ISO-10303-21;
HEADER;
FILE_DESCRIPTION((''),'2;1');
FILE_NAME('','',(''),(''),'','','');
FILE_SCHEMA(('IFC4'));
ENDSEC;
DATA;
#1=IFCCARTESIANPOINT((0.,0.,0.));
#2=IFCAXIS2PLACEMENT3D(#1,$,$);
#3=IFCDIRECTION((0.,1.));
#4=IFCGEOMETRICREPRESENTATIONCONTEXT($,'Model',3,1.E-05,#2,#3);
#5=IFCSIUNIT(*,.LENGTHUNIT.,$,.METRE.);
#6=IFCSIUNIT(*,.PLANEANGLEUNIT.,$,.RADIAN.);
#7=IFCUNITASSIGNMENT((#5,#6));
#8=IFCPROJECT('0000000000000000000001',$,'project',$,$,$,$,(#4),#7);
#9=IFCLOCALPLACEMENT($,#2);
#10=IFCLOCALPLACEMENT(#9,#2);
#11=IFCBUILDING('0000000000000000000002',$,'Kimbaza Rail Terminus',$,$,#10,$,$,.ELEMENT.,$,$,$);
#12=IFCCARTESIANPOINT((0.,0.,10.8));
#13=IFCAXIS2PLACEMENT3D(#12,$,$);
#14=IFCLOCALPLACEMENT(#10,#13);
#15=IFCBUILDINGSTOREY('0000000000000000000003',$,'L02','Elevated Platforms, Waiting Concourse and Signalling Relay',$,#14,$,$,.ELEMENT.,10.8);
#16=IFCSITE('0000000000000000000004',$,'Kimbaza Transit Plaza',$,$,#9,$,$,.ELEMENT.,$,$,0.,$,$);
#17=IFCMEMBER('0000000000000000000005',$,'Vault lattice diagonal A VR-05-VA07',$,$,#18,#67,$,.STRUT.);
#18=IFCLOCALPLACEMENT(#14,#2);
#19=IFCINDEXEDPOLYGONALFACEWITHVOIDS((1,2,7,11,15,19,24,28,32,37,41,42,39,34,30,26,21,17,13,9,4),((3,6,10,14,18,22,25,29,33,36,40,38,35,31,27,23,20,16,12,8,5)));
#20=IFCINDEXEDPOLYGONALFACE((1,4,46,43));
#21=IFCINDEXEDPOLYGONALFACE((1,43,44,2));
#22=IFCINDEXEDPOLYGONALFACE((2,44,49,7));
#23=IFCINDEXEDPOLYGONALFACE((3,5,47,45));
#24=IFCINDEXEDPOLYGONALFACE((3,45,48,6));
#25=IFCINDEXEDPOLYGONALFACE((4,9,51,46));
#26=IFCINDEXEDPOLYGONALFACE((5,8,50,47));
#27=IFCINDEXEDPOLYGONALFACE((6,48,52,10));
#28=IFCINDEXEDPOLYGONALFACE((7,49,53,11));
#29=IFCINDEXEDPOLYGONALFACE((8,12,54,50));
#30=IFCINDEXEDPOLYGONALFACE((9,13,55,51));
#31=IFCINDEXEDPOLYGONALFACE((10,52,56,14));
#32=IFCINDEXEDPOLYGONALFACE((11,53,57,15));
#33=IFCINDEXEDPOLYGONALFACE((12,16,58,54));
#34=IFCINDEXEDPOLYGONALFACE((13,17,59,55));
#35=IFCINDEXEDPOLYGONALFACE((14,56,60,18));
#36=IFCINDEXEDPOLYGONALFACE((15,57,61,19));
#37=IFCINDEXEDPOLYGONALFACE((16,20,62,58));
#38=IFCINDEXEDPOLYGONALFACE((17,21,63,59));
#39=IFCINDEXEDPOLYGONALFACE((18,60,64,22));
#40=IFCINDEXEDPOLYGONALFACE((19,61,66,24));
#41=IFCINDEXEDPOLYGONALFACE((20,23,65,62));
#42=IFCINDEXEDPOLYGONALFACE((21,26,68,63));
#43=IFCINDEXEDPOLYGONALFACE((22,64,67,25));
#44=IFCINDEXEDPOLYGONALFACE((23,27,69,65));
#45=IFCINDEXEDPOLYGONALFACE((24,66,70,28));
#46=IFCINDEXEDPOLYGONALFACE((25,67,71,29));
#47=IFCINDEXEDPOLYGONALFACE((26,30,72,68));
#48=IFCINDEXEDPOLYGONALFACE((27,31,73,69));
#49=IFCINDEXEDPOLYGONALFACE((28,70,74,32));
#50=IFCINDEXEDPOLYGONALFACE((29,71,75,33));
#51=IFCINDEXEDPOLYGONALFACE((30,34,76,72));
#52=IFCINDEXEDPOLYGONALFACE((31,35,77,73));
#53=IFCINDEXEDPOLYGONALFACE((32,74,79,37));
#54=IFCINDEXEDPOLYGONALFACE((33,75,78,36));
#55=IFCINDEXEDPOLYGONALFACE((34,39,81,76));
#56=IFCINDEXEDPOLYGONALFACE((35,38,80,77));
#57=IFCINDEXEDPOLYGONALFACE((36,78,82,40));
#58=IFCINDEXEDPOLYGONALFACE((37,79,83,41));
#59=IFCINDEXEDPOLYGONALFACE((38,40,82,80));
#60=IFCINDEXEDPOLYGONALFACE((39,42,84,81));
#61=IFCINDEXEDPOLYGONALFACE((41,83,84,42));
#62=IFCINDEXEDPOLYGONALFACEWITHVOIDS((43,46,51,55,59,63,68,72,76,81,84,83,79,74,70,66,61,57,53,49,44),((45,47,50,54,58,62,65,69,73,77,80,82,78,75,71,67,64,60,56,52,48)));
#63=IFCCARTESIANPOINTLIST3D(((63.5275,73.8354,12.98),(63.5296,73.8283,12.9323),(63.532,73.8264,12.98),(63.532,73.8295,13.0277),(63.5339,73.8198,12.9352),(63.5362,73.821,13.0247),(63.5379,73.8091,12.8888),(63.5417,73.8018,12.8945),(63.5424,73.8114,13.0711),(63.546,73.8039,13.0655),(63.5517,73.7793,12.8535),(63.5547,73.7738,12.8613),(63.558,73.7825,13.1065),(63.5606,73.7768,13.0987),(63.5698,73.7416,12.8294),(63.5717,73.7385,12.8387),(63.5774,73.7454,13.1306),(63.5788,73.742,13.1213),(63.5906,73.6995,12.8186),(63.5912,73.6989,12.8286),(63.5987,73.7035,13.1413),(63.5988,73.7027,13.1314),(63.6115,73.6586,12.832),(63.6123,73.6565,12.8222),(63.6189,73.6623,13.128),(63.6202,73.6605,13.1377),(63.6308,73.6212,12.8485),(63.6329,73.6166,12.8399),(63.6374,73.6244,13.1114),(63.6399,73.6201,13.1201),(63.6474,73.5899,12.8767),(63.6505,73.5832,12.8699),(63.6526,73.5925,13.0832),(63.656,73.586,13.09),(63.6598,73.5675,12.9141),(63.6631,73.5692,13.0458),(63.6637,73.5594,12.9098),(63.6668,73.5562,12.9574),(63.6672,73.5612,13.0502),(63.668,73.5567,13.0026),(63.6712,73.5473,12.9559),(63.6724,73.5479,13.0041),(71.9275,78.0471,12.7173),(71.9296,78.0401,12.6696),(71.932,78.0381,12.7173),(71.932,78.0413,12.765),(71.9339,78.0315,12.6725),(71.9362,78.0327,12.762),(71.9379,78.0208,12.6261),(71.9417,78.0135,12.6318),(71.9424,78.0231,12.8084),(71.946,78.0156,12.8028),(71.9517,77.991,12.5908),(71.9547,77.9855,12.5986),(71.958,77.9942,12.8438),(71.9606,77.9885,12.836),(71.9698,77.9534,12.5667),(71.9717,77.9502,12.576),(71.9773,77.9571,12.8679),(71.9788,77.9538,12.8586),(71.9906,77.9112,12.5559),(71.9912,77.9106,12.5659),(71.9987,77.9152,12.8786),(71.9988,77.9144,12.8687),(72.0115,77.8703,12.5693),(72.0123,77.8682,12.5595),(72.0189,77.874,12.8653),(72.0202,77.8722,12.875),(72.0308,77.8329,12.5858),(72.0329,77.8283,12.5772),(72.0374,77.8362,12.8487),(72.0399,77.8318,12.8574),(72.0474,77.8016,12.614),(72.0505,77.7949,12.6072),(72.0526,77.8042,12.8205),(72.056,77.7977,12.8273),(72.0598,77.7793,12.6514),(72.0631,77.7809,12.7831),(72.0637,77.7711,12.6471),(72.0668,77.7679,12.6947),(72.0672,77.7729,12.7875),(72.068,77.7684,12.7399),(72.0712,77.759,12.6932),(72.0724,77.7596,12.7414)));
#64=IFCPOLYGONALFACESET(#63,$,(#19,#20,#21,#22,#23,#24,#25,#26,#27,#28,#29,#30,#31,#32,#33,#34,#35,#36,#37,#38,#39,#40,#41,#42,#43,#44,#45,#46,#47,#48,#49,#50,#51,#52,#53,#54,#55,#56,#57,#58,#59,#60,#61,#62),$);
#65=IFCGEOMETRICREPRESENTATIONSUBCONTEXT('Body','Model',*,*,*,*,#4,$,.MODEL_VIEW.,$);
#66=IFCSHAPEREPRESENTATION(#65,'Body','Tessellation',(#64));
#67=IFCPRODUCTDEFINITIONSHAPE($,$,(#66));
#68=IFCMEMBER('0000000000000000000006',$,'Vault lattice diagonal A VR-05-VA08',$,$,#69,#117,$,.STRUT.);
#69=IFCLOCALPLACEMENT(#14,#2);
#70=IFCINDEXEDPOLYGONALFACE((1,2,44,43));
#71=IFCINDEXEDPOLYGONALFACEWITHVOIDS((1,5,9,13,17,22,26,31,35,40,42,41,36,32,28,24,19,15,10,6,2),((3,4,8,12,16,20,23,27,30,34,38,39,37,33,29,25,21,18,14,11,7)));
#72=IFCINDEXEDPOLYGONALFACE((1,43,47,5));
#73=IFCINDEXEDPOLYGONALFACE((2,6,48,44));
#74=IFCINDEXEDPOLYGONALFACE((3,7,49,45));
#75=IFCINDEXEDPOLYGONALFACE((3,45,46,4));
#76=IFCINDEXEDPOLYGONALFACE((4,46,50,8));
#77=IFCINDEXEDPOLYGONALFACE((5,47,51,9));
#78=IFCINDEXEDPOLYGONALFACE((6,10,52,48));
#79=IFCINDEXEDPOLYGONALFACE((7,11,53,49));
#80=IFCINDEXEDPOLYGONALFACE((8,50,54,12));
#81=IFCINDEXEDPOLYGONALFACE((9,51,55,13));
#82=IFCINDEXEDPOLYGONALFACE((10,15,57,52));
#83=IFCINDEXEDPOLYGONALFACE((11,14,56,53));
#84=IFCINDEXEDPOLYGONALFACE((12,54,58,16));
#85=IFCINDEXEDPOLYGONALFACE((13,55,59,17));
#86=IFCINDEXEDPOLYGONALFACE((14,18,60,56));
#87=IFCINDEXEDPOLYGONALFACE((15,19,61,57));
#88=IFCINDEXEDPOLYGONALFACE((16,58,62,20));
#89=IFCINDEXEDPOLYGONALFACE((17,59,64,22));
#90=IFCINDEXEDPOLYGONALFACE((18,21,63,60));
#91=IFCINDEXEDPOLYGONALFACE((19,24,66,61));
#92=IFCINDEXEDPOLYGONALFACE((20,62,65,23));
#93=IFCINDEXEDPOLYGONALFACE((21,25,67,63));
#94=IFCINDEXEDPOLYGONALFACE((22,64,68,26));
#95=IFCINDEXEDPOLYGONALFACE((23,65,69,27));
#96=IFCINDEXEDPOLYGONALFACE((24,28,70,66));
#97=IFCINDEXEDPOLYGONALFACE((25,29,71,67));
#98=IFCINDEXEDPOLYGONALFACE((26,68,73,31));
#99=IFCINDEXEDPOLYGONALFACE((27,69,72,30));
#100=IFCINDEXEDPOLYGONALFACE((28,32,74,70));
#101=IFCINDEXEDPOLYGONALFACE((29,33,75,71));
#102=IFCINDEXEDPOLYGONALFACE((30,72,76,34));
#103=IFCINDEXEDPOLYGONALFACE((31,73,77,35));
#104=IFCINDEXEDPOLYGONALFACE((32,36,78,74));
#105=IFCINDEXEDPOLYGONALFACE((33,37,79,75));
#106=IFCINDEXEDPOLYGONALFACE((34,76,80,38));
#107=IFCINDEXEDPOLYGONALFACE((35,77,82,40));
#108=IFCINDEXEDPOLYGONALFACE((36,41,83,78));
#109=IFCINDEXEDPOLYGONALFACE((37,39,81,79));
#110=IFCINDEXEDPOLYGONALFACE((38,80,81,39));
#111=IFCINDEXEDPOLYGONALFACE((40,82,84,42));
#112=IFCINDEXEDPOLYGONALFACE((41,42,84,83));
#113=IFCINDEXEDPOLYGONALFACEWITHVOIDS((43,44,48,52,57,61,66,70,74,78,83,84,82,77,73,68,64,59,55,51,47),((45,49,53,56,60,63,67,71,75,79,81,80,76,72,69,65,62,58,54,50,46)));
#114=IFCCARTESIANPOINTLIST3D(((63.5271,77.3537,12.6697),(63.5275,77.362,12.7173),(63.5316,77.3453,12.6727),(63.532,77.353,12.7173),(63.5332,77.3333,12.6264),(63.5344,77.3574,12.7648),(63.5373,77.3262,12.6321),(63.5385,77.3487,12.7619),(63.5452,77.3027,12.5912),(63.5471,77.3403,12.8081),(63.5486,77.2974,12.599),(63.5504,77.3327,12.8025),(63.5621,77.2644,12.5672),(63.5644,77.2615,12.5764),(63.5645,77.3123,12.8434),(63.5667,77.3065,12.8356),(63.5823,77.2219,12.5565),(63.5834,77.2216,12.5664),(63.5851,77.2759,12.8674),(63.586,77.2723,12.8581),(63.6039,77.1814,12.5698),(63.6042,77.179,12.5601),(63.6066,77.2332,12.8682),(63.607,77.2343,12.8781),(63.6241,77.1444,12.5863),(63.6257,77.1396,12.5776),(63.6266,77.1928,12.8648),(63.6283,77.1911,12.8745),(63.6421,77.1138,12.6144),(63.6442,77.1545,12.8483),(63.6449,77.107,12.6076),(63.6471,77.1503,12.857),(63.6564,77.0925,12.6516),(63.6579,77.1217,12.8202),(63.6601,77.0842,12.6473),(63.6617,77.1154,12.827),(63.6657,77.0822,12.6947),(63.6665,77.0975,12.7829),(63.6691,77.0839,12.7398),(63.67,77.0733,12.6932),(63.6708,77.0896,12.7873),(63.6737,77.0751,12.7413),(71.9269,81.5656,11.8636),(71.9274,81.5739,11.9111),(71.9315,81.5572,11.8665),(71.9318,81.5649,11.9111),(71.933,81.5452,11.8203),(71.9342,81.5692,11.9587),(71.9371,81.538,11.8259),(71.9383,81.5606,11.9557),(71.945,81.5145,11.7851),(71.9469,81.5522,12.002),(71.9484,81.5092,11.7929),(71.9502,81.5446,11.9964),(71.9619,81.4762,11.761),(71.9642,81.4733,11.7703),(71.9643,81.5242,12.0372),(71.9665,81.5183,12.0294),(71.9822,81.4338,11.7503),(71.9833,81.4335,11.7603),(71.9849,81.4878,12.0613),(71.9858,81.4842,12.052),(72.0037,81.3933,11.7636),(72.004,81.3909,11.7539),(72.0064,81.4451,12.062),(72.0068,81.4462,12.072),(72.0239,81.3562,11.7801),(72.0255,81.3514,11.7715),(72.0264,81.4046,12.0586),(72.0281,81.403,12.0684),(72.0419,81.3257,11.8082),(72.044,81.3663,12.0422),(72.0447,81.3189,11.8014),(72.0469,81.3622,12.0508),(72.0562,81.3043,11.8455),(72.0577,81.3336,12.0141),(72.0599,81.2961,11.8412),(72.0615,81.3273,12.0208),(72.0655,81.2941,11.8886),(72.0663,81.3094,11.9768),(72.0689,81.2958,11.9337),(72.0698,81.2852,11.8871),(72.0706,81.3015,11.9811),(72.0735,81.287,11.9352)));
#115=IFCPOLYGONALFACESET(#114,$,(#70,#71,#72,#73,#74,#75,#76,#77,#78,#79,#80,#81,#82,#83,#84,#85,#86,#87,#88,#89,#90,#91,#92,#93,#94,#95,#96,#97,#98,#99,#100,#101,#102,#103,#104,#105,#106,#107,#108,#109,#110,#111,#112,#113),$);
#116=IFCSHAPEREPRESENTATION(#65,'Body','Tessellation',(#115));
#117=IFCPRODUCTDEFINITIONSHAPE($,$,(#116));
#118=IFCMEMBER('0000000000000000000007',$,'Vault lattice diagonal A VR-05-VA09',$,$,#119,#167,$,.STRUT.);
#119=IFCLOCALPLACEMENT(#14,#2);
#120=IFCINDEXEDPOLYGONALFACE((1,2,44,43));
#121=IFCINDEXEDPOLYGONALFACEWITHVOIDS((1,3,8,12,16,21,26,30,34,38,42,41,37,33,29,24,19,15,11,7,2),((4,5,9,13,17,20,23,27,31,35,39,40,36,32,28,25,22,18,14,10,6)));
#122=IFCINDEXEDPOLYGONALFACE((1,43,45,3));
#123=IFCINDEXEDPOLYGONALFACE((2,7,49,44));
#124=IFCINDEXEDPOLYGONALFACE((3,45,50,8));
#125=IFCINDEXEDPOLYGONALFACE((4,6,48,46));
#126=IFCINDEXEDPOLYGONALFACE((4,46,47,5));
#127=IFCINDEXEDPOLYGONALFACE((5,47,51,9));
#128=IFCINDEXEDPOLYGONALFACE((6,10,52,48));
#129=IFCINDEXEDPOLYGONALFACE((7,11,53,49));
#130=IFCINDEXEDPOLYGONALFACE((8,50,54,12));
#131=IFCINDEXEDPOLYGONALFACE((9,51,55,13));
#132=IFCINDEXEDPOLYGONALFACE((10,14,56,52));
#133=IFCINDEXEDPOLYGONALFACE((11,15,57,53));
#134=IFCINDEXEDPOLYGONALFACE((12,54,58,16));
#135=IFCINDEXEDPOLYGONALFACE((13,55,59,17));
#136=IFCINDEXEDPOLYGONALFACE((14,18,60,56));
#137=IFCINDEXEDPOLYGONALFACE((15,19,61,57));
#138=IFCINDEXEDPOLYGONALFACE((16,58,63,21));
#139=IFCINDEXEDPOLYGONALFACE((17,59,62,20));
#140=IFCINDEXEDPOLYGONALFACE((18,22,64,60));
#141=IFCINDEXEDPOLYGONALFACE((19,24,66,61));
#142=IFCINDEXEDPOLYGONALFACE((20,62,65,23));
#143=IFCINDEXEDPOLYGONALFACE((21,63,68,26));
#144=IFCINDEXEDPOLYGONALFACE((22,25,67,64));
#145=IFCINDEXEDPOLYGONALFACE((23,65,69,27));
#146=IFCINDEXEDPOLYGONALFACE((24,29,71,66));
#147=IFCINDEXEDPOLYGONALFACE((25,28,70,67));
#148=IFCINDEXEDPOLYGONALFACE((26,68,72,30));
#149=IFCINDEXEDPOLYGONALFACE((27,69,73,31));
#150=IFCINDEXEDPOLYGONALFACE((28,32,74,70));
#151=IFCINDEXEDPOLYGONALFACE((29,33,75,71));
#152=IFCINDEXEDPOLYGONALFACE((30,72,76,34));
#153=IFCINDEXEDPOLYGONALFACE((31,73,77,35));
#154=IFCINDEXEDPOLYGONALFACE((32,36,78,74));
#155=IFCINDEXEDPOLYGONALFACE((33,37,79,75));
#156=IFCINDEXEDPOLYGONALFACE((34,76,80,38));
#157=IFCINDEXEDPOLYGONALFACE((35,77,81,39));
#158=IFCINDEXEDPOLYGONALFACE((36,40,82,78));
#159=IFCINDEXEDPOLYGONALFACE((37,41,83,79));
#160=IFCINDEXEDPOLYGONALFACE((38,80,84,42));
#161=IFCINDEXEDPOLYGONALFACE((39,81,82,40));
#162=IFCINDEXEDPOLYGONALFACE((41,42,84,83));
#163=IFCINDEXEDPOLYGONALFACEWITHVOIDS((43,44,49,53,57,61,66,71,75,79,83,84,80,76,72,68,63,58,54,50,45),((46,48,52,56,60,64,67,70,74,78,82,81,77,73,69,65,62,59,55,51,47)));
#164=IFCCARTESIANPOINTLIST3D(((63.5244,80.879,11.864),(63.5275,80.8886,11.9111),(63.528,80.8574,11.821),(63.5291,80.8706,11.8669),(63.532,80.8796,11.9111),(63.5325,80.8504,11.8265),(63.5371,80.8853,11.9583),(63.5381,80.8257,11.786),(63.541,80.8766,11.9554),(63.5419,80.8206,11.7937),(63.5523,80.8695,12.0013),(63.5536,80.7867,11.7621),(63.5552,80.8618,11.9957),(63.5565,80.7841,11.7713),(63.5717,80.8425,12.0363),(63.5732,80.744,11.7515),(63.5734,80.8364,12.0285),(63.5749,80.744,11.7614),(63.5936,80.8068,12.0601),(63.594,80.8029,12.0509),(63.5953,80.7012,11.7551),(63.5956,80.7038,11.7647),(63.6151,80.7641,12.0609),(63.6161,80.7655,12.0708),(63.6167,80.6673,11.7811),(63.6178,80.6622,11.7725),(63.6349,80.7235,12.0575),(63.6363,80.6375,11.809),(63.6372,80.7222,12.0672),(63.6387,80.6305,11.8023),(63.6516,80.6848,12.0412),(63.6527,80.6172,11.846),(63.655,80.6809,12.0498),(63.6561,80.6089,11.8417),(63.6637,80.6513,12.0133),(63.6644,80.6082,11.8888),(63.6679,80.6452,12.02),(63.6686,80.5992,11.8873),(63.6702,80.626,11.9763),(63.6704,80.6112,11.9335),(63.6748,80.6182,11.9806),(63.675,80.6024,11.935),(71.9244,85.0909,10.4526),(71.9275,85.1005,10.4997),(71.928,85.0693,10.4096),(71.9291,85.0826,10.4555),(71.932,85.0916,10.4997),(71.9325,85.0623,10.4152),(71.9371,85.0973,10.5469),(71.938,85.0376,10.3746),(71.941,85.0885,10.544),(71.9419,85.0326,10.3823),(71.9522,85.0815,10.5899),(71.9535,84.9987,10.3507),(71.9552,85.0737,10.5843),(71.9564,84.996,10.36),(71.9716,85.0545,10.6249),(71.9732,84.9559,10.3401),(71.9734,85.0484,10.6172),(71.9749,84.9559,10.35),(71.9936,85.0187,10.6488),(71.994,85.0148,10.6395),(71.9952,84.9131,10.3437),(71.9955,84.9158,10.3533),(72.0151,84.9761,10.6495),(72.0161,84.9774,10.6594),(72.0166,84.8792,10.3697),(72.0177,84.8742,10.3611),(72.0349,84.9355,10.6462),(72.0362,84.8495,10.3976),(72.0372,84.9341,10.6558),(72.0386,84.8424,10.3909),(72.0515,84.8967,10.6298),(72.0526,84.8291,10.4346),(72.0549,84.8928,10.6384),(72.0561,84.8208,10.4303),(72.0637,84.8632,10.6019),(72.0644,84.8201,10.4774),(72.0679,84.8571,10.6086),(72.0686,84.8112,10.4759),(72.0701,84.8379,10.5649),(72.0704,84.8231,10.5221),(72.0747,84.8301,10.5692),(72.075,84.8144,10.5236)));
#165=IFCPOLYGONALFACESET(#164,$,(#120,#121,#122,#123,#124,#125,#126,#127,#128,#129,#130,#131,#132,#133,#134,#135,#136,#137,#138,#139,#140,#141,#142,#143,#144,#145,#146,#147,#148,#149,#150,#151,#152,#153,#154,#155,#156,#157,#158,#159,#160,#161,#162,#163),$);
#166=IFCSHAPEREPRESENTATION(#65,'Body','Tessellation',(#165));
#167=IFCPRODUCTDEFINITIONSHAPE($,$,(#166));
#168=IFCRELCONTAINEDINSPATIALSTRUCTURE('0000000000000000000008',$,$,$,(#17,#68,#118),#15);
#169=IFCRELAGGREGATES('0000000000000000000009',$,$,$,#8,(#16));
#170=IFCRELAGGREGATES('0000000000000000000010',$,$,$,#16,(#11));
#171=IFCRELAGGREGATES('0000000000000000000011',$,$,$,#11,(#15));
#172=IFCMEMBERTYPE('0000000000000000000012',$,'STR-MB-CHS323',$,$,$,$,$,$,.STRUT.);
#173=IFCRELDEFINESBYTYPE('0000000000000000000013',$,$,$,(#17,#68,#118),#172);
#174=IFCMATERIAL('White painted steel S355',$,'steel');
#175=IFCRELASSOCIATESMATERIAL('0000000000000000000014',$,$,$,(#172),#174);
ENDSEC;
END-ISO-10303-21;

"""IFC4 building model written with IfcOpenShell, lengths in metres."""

from ifc_helpers import new_model, si_unit, direction, frame, origin, origin_2d, place, context, subcontext, project, spatial, hollow_circle, extrude, material, material_profile, profile_set, type_object, element, save


model = new_model("IFC4")

# Units and contexts
model_context = context("Model", 3, precision=1e-05, world=origin(), true_north=direction((0.0, 1.0)))
body_context = subcontext(model_context, "Body", "Model", "MODEL_VIEW")
ifc_project = project(units=[si_unit("LENGTHUNIT", "METRE"), si_unit("PLANEANGLEUNIT", "RADIAN")], contexts=[model_context])

# Site, building, storey
site_placement = place(None, origin())
site = spatial("IfcSite", under=ifc_project, at=site_placement, Name="Kimbaza Transit Plaza", CompositionType="ELEMENT", RefElevation=0.0)
building_placement = place(site_placement, origin())
building = spatial("IfcBuilding", under=site, at=building_placement, Name="Kimbaza Rail Terminus", CompositionType="ELEMENT")
storey_placement = place(building_placement, frame((0.0, 0.0, 10.8)))
storey = spatial("IfcBuildingStorey", under=building, at=storey_placement, Name="L02", Description="Elevated Platforms, Waiting Concourse and Signalling Relay", CompositionType="ELEMENT", Elevation=10.8)

# Members
ifc_material_1 = material(Name="White painted steel S355", Category="steel")
ifc_material_profile_1 = material_profile(ifc_material_1, hollow_circle(Radius=0.1619, WallThickness=0.01, at=origin_2d()), Name="CHS 323.9x10")
ifc_profile_set_1 = profile_set([ifc_material_profile_1], Name="White painted steel S355")
member_type_1 = type_object("IfcMemberType", Name="STR-MB-CHS323", PredefinedType="STRUT", material=ifc_profile_set_1)
member_1_placement = place(storey_placement, frame((63.6001, 73.6907, 12.98), z_axis=(0.893579, 0.448036, -0.027945), x_axis=(-0.448211, 0.893928, 0.0)))
element("IfcMember", 1, at=member_1_placement, inside=storey, type_object=member_type_1, Name="Vault lattice diagonal A VR-05-VA07", PredefinedType="STRUT", context=body_context, shape_type="SweptSolid", body=[
    extrude(hollow_circle(Radius=0.1619, WallThickness=0.01, at=origin_2d()), origin(), (0.0, 0.0, 1.0), 9.4004),
])
member_2_placement = place(storey_placement, frame((63.6001, 77.2173, 12.7173), z_axis=(0.890646, 0.446591, -0.085477), x_axis=(-0.448232, 0.893917, 0.0)))
element("IfcMember", 2, at=member_2_placement, inside=storey, type_object=member_type_1, Name="Vault lattice diagonal A VR-05-VA08", PredefinedType="STRUT", context=body_context, shape_type="SweptSolid", body=[
    extrude(hollow_circle(Radius=0.1619, WallThickness=0.01, at=origin_2d()), origin(), (0.0, 0.0, 1.0), 9.4312),
])
member_3_placement = place(storey_placement, frame((63.6001, 80.7439, 11.9111), z_axis=(0.884002, 0.44326, -0.148533), x_axis=(-0.448232, 0.893917, 0.0)))
element("IfcMember", 3, at=member_3_placement, inside=storey, type_object=member_type_1, Name="Vault lattice diagonal A VR-05-VA09", PredefinedType="STRUT", context=body_context, shape_type="SweptSolid", body=[
    extrude(hollow_circle(Radius=0.1619, WallThickness=0.01, at=origin_2d()), origin(), (0.0, 0.0, 1.0), 9.5022),
])

save(model, "model.ifc")
